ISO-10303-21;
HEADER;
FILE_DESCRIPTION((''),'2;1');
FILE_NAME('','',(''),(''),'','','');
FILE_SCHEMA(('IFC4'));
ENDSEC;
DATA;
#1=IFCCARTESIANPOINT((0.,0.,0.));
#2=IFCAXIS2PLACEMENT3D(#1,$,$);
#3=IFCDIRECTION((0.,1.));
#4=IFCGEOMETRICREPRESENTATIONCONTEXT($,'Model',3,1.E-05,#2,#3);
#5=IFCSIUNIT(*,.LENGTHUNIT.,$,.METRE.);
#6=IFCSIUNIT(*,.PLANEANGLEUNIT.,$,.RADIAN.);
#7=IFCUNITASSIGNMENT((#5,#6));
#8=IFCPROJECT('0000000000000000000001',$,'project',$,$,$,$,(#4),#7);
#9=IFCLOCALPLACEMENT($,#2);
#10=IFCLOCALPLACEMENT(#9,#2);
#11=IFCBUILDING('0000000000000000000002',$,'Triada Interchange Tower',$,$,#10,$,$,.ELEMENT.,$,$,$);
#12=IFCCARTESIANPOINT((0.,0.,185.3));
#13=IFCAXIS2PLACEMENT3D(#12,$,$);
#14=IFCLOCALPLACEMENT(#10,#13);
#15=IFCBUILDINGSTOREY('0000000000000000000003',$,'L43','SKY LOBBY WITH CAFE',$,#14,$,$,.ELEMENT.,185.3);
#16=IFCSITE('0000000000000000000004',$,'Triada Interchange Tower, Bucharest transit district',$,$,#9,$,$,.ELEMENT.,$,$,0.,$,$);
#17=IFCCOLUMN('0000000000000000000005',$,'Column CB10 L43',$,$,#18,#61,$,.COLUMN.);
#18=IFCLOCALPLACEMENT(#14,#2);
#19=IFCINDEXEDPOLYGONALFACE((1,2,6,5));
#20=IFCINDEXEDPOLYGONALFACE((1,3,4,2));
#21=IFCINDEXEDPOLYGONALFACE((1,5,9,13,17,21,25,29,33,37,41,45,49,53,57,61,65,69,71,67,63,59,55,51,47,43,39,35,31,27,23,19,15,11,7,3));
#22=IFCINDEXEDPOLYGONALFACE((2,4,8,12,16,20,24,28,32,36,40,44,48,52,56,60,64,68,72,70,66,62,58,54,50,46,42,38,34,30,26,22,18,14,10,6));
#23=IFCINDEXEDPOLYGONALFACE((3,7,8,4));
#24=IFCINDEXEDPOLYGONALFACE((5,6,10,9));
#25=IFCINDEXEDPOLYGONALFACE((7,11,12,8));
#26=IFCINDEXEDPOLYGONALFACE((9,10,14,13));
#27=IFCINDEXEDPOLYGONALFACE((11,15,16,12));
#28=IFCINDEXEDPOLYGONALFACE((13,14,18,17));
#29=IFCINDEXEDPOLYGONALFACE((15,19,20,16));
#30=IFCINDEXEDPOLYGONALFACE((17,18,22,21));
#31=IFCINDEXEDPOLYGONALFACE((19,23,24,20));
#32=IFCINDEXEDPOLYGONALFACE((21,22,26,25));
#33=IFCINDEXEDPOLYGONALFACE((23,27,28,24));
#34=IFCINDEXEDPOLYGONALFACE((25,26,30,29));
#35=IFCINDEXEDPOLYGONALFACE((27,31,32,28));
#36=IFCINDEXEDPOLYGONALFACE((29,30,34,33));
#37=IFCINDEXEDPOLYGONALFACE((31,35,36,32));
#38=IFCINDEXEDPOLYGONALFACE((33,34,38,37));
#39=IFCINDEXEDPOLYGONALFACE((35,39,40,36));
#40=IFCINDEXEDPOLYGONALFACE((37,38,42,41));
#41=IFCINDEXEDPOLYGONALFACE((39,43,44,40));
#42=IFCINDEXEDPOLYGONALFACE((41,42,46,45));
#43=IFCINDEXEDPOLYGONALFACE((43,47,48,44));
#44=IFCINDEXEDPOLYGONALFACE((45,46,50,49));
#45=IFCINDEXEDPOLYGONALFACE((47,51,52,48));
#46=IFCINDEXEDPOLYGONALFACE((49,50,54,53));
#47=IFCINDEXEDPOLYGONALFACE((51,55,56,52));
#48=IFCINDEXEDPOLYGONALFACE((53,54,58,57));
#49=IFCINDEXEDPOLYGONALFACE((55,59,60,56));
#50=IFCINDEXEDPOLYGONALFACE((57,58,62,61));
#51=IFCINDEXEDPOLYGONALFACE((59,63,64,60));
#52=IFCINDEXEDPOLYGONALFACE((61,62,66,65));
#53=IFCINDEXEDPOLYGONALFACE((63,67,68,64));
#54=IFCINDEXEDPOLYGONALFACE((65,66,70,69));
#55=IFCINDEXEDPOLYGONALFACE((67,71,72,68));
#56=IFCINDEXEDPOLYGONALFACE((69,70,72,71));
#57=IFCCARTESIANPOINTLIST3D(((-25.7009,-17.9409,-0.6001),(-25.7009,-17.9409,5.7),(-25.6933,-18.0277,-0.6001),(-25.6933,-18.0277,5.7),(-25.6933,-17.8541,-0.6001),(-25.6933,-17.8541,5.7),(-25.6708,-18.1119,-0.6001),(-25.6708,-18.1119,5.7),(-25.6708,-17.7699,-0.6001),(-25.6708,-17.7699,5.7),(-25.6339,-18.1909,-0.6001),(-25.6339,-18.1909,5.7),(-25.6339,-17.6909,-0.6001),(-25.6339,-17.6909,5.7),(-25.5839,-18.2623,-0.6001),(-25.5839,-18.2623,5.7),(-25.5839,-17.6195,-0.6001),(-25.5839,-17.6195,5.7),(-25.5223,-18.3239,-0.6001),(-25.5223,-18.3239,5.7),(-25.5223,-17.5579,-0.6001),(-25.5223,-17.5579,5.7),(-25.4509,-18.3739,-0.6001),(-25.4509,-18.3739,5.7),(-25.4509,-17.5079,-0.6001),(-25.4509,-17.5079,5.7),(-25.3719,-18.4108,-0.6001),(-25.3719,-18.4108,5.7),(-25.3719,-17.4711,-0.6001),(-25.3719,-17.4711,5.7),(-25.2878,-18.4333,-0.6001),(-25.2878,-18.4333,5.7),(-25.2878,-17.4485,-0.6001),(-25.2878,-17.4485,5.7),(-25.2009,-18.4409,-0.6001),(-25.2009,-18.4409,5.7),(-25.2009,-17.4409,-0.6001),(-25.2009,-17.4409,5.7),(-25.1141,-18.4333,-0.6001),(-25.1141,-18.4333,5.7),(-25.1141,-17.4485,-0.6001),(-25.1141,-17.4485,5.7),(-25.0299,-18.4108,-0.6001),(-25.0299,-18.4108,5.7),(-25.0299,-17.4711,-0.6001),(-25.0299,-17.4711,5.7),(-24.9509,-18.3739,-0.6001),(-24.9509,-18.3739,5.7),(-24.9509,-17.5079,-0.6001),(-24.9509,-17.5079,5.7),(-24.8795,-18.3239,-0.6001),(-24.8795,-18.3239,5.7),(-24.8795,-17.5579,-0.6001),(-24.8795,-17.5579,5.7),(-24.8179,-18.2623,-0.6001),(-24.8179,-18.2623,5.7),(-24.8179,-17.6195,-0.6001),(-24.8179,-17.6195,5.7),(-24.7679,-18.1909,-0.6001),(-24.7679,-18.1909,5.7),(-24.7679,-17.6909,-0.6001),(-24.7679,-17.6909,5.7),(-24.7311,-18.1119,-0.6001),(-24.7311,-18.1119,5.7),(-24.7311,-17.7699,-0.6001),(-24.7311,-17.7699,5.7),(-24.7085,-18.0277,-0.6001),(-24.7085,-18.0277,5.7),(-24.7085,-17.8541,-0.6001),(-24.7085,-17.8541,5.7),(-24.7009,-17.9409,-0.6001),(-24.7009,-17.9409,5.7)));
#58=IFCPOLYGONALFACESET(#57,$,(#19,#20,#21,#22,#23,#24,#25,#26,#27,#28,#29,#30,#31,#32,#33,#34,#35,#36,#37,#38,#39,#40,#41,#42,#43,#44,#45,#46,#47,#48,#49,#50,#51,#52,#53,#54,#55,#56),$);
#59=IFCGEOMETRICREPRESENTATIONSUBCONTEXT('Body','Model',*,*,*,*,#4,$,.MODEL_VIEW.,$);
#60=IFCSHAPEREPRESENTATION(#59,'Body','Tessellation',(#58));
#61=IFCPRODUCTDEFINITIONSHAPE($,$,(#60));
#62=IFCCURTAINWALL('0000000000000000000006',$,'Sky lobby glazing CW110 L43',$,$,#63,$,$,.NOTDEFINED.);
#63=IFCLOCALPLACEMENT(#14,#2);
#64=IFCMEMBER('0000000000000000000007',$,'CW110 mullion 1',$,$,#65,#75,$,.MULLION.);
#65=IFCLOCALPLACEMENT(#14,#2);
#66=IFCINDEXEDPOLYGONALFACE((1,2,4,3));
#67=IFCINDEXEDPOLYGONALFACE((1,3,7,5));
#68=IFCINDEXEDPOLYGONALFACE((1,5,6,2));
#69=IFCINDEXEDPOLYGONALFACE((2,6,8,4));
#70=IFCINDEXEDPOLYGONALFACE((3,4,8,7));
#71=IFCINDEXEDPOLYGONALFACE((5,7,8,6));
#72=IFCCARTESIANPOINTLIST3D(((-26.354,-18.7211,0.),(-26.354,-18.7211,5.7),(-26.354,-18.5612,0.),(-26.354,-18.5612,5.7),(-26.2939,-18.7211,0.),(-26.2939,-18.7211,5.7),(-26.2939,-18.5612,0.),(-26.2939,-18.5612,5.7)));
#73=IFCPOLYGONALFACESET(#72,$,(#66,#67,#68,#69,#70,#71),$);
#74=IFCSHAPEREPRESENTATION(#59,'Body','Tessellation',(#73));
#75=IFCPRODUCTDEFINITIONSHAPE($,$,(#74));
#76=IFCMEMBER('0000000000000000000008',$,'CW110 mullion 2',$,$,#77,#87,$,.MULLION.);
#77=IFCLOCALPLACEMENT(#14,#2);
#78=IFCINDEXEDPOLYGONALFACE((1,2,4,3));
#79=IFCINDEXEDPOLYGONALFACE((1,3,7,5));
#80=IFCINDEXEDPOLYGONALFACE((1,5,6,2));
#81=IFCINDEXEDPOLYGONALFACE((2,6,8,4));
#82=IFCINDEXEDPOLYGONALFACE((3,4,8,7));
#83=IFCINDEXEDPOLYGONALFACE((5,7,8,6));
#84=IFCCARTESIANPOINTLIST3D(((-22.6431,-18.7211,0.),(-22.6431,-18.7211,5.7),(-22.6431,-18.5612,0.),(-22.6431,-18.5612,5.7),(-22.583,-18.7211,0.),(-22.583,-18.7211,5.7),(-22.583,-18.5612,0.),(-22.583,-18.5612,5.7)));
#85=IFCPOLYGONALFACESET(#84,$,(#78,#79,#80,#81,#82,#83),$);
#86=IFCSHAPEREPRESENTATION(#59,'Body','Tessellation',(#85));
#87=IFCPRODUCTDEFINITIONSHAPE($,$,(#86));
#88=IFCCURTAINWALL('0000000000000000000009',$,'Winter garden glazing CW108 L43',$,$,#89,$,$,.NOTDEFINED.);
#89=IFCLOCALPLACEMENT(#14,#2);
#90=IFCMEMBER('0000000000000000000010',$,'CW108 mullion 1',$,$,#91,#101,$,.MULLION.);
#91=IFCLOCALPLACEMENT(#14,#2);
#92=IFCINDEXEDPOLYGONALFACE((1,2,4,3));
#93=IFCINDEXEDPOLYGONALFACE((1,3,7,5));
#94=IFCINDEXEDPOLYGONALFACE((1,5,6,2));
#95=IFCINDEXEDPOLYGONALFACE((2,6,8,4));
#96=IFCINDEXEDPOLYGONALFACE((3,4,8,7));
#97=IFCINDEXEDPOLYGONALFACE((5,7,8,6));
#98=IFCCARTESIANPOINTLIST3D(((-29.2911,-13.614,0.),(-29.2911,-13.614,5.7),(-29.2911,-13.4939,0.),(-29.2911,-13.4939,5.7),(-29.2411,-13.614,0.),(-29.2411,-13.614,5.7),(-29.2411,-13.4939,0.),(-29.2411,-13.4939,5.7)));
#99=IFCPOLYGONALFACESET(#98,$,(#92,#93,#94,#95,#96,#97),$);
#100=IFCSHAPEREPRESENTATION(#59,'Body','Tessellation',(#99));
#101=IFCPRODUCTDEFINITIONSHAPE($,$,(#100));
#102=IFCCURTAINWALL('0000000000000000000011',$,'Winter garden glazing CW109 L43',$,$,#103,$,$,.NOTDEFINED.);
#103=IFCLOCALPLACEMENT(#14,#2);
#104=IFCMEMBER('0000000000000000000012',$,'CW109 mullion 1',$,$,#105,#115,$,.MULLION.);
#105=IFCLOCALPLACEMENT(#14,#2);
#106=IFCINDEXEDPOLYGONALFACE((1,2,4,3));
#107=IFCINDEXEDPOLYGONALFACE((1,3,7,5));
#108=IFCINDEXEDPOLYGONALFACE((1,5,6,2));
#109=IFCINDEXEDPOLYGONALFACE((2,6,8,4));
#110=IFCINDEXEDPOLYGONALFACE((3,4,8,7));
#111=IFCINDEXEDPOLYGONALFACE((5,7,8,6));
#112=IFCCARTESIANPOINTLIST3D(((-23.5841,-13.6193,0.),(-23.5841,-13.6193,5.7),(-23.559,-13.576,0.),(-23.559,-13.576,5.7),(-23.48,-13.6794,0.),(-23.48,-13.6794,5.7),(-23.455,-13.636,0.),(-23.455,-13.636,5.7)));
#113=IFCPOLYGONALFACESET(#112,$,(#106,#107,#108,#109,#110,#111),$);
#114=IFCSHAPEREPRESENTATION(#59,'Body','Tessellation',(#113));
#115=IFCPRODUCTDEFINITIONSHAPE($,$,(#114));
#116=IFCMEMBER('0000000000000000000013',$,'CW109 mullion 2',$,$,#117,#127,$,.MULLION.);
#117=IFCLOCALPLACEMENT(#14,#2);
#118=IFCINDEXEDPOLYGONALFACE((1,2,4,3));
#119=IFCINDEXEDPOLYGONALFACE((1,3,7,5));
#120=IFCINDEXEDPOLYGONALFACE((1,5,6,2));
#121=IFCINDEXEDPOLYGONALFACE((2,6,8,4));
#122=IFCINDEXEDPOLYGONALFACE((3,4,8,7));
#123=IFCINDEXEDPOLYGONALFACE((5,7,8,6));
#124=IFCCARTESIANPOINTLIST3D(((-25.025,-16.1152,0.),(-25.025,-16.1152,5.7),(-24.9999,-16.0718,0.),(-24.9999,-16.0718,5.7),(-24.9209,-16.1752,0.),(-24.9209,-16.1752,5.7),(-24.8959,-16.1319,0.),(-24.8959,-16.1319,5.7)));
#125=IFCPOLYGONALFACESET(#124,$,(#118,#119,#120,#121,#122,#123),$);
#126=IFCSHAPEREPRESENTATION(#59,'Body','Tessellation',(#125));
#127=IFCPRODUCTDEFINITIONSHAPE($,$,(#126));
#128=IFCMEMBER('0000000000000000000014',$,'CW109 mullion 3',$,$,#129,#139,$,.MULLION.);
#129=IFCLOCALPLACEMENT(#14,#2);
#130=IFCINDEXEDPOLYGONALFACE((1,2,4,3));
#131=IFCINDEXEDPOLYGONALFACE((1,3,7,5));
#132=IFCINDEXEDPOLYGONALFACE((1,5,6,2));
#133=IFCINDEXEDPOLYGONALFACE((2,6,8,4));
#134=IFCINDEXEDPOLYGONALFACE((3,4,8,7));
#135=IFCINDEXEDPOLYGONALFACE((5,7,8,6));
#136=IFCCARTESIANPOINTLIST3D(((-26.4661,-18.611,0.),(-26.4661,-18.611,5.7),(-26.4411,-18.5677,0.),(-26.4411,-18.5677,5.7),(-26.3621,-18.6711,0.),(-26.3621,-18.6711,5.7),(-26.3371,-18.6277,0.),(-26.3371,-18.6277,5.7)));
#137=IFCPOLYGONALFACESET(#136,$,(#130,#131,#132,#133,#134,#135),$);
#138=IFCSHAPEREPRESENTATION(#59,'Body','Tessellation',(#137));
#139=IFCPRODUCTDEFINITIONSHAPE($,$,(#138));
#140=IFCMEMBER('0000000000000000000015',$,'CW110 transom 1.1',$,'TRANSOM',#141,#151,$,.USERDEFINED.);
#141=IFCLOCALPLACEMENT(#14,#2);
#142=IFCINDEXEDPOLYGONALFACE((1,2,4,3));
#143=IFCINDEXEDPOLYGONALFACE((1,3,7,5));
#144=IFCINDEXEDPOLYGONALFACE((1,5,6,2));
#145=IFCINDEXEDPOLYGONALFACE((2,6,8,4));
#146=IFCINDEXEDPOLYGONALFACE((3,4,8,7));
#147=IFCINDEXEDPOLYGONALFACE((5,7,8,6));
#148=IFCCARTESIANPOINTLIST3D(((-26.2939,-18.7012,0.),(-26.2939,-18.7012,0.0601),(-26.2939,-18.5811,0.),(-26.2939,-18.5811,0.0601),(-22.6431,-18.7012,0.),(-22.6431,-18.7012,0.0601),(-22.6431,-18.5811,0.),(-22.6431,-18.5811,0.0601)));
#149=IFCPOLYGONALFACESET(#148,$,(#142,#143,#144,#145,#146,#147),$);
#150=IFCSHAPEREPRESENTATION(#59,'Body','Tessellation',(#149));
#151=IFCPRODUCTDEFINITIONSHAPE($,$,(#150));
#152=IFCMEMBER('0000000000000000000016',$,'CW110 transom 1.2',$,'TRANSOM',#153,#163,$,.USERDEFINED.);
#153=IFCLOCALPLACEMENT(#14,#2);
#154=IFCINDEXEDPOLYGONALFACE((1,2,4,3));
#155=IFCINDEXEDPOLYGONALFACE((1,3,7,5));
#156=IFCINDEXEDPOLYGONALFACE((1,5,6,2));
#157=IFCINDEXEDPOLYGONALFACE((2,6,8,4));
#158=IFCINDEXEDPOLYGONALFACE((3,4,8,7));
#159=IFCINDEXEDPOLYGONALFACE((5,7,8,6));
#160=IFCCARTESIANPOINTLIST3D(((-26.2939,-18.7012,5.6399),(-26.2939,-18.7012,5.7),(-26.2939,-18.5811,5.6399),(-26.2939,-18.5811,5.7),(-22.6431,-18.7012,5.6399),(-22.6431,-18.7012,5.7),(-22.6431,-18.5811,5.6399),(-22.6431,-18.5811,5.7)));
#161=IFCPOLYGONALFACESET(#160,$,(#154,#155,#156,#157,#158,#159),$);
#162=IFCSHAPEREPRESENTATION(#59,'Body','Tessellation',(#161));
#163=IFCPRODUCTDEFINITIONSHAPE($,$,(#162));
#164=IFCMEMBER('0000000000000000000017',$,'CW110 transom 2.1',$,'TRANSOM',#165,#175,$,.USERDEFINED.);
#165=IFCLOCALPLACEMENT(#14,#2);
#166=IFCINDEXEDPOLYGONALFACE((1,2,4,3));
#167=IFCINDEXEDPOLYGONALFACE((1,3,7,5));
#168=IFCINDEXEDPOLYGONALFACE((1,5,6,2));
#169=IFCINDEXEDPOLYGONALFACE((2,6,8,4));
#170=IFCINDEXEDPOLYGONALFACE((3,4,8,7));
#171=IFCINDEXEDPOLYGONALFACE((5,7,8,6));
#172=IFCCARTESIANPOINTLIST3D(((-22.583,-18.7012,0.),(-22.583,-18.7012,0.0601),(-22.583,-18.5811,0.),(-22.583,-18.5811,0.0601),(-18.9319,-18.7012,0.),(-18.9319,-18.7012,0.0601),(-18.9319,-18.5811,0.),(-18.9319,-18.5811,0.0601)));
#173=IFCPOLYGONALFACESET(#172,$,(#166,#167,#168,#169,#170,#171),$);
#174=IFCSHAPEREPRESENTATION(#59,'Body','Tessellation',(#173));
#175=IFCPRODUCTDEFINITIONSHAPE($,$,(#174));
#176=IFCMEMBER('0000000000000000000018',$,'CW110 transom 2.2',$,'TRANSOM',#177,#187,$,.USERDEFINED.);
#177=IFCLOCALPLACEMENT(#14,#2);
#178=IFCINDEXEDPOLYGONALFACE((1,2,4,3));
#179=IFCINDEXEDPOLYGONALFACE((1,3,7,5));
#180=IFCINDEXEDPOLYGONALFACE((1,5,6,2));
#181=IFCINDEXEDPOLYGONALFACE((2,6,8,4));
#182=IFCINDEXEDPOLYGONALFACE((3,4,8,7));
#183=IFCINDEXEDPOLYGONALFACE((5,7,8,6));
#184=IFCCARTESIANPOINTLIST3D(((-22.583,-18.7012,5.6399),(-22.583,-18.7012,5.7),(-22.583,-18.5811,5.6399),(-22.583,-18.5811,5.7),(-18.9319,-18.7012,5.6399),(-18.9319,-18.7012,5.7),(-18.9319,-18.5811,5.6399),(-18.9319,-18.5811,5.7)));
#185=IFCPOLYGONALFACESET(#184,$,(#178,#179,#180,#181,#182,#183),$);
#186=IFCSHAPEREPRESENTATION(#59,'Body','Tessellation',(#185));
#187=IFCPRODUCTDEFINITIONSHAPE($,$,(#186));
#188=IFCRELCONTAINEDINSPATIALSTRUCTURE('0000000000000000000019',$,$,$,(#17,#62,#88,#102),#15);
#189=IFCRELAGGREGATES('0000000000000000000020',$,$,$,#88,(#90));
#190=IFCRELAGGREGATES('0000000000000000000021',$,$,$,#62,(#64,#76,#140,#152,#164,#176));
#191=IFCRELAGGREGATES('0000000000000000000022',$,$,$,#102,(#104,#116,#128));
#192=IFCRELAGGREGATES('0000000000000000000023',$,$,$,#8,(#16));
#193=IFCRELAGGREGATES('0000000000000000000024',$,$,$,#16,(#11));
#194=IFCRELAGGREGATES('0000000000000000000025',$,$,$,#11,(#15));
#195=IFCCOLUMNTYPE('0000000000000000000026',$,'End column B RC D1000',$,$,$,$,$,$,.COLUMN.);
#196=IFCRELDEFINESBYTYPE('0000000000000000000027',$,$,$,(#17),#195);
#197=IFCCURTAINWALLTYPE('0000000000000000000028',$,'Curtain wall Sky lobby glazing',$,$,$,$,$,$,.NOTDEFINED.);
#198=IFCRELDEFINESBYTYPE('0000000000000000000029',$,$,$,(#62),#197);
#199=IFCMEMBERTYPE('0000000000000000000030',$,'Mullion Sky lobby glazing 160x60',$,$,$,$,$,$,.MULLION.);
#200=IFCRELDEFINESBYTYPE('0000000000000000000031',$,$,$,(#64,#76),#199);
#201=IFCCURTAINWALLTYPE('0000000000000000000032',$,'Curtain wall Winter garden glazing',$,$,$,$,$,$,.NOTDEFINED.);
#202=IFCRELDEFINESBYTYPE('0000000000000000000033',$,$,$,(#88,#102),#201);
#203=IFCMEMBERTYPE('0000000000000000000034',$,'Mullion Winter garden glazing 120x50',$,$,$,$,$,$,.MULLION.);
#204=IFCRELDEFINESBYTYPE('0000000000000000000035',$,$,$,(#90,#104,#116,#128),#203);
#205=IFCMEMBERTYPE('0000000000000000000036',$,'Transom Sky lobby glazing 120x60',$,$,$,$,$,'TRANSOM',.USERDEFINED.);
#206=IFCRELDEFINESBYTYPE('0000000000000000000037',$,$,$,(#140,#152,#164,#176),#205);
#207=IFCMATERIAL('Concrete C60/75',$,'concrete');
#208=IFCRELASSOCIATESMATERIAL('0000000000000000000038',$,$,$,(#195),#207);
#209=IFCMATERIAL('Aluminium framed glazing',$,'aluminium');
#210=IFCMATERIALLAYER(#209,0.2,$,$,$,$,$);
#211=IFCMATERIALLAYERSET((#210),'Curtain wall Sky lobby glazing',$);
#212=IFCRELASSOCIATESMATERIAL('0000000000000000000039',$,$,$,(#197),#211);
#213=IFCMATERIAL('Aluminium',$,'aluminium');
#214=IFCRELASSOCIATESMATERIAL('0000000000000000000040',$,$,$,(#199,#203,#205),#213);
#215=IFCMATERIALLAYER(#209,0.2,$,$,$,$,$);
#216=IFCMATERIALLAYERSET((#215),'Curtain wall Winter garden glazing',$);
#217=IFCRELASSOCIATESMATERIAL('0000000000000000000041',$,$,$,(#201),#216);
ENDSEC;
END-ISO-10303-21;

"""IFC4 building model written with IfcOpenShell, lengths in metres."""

from ifc_helpers import new_model, si_unit, direction, frame, origin, origin_2d, place, context, subcontext, project, spatial, rectangle, circle, extrude, material, layer, layer_set, material_profile, profile_set, type_object, element, aggregate, save


model = new_model("IFC4")

# Units and contexts
model_context = context("Model", 3, precision=1e-05, world=origin(), true_north=direction((0.0, 1.0)))
body_context = subcontext(model_context, "Body", "Model", "MODEL_VIEW")
ifc_project = project(units=[si_unit("LENGTHUNIT", "METRE"), si_unit("PLANEANGLEUNIT", "RADIAN")], contexts=[model_context])

# Site, building, storey
site_placement = place(None, origin())
site = spatial("IfcSite", under=ifc_project, at=site_placement, Name="Triada Interchange Tower, Bucharest transit district", CompositionType="ELEMENT", RefElevation=0.0)
building_placement = place(site_placement, origin())
building = spatial("IfcBuilding", under=site, at=building_placement, Name="Triada Interchange Tower", CompositionType="ELEMENT")
storey_placement = place(building_placement, frame((0.0, 0.0, 185.3)))
storey = spatial("IfcBuildingStorey", under=building, at=storey_placement, Name="L43", Description="SKY LOBBY WITH CAFE", CompositionType="ELEMENT", Elevation=185.3)

# Column
ifc_material_1 = material(Name="Concrete C60/75", Category="concrete")
ifc_material_profile_1 = material_profile(ifc_material_1, circle(Radius=0.5, at=origin_2d()), Name="RC D1000")
ifc_profile_set_1 = profile_set([ifc_material_profile_1], Name="Concrete C60/75")
column_type = type_object("IfcColumnType", Name="End column B RC D1000", PredefinedType="COLUMN", material=ifc_profile_set_1)
column_placement = place(storey_placement, frame((-25.2009, -17.9409, -0.6001), z_axis=(0.0, 0.0, 1.0), x_axis=(1.0, 0.0, 0.0)))
element("IfcColumn", 1, at=column_placement, inside=storey, type_object=column_type, Name="Column CB10 L43", PredefinedType="COLUMN", context=body_context, shape_type="SweptSolid", body=[
    extrude(circle(Radius=0.5, at=origin_2d()), origin(), (0.0, 0.0, 1.0), 6.3),
])

# Curtain wall, members
ifc_material_2 = material(Name="Aluminium framed glazing", Category="aluminium")
ifc_layer_1 = layer(ifc_material_2, 0.2)
ifc_layer_set_1 = layer_set([ifc_layer_1], Name="Curtain wall Sky lobby glazing")
curtain_wall_type_1 = type_object("IfcCurtainWallType", Name="Curtain wall Sky lobby glazing", PredefinedType="NOTDEFINED", material=ifc_layer_set_1)
curtain_wall_1_placement = place(storey_placement, origin())
curtain_wall_1 = element("IfcCurtainWall", 2, at=curtain_wall_1_placement, inside=storey, type_object=curtain_wall_type_1, Name="Sky lobby glazing CW110 L43", PredefinedType="NOTDEFINED")
ifc_material_3 = material(Name="Aluminium", Category="aluminium")
ifc_material_profile_2 = material_profile(ifc_material_3, rectangle(XDim=0.1599, YDim=0.0601, at=origin_2d()), Name="Aluminium mullion")
ifc_profile_set_2 = profile_set([ifc_material_profile_2], Name="Aluminium")
member_type_1 = type_object("IfcMemberType", Name="Mullion Sky lobby glazing 160x60", PredefinedType="MULLION", material=ifc_profile_set_2)
member_1_placement = place(storey_placement, frame((-26.324, -18.6411, 0.0), z_axis=(0.0, 0.0, 1.0), x_axis=(0.0, 1.0, 0.0)))
member_1 = element("IfcMember", 3, at=member_1_placement, type_object=member_type_1, Name="CW110 mullion 1", PredefinedType="MULLION", context=body_context, shape_type="SweptSolid", body=[
    extrude(rectangle(XDim=0.1599, YDim=0.0601, at=origin_2d()), origin(), (0.0, 0.0, 1.0), 5.7),
])
member_2_placement = place(storey_placement, frame((-22.613, -18.6411, 0.0), z_axis=(0.0, 0.0, 1.0), x_axis=(0.0, 1.0, 0.0)))
member_2 = element("IfcMember", 4, at=member_2_placement, type_object=member_type_1, Name="CW110 mullion 2", PredefinedType="MULLION", context=body_context, shape_type="SweptSolid", body=[
    extrude(rectangle(XDim=0.1599, YDim=0.0601, at=origin_2d()), origin(), (0.0, 0.0, 1.0), 5.7),
])

# Curtain wall, member
ifc_layer_2 = layer(ifc_material_2, 0.2)
ifc_layer_set_2 = layer_set([ifc_layer_2], Name="Curtain wall Winter garden glazing")
curtain_wall_type_2 = type_object("IfcCurtainWallType", Name="Curtain wall Winter garden glazing", PredefinedType="NOTDEFINED", material=ifc_layer_set_2)
curtain_wall_2_placement = place(storey_placement, origin())
curtain_wall_2 = element("IfcCurtainWall", 5, at=curtain_wall_2_placement, inside=storey, type_object=curtain_wall_type_2, Name="Winter garden glazing CW108 L43", PredefinedType="NOTDEFINED")
ifc_material_profile_3 = material_profile(ifc_material_3, rectangle(XDim=0.1201, YDim=0.05, at=origin_2d()), Name="Aluminium mullion")
ifc_profile_set_3 = profile_set([ifc_material_profile_3], Name="Aluminium")
member_type_2 = type_object("IfcMemberType", Name="Mullion Winter garden glazing 120x50", PredefinedType="MULLION", material=ifc_profile_set_3)
member_3_placement = place(storey_placement, frame((-29.2661, -13.554, 0.0), z_axis=(0.0, 0.0, 1.0), x_axis=(0.0, 1.0, 0.0)))
member_3 = element("IfcMember", 6, at=member_3_placement, type_object=member_type_2, Name="CW108 mullion 1", PredefinedType="MULLION", context=body_context, shape_type="SweptSolid", body=[
    extrude(rectangle(XDim=0.1201, YDim=0.05, at=origin_2d()), origin(), (0.0, 0.0, 1.0), 5.7),
])

# Curtain wall, members
curtain_wall_3_placement = place(storey_placement, origin())
curtain_wall_3 = element("IfcCurtainWall", 7, at=curtain_wall_3_placement, inside=storey, type_object=curtain_wall_type_2, Name="Winter garden glazing CW109 L43", PredefinedType="NOTDEFINED")
member_4_placement = place(storey_placement, frame((-23.5195, -13.6277, 0.0), z_axis=(0.0, 0.0, 1.0), x_axis=(0.866022, -0.500005, 0.0)))
member_4 = element("IfcMember", 8, at=member_4_placement, type_object=member_type_2, Name="CW109 mullion 1", PredefinedType="MULLION", context=body_context, shape_type="SweptSolid", body=[
    extrude(rectangle(XDim=0.1201, YDim=0.05, at=origin_2d()), origin(), (0.0, 0.0, 1.0), 5.7),
])
member_5_placement = place(storey_placement, frame((-24.9604, -16.1235, 0.0), z_axis=(0.0, 0.0, 1.0), x_axis=(0.866022, -0.500005, 0.0)))
member_5 = element("IfcMember", 9, at=member_5_placement, type_object=member_type_2, Name="CW109 mullion 2", PredefinedType="MULLION", context=body_context, shape_type="SweptSolid", body=[
    extrude(rectangle(XDim=0.1201, YDim=0.05, at=origin_2d()), origin(), (0.0, 0.0, 1.0), 5.7),
])
member_6_placement = place(storey_placement, frame((-26.4016, -18.6194, 0.0), z_axis=(0.0, 0.0, 1.0), x_axis=(0.866022, -0.500005, 0.0)))
member_6 = element("IfcMember", 10, at=member_6_placement, type_object=member_type_2, Name="CW109 mullion 3", PredefinedType="MULLION", context=body_context, shape_type="SweptSolid", body=[
    extrude(rectangle(XDim=0.1201, YDim=0.05, at=origin_2d()), origin(), (0.0, 0.0, 1.0), 5.7),
])

# Members
ifc_material_profile_4 = material_profile(ifc_material_3, rectangle(XDim=0.1201, YDim=0.0601, at=origin_2d()), Name="Aluminium transom")
ifc_profile_set_4 = profile_set([ifc_material_profile_4], Name="Aluminium")
member_type_3 = type_object("IfcMemberType", Name="Transom Sky lobby glazing 120x60", ElementType="TRANSOM", PredefinedType="USERDEFINED", material=ifc_profile_set_4)
member_7_placement = place(storey_placement, frame((-26.2939, -18.6411, 0.03), z_axis=(1.0, 0.0, 0.0), x_axis=(0.0, 1.0, 0.0)))
member_7 = element("IfcMember", 11, at=member_7_placement, type_object=member_type_3, Name="CW110 transom 1.1", ObjectType="TRANSOM", PredefinedType="USERDEFINED", context=body_context, shape_type="SweptSolid", body=[
    extrude(rectangle(XDim=0.1201, YDim=0.0601, at=origin_2d()), origin(), (0.0, 0.0, 1.0), 3.6509),
])
member_8_placement = place(storey_placement, frame((-26.2939, -18.6411, 5.6699), z_axis=(1.0, 0.0, 0.0), x_axis=(0.0, 1.0, 0.0)))
member_8 = element("IfcMember", 12, at=member_8_placement, type_object=member_type_3, Name="CW110 transom 1.2", ObjectType="TRANSOM", PredefinedType="USERDEFINED", context=body_context, shape_type="SweptSolid", body=[
    extrude(rectangle(XDim=0.1201, YDim=0.0601, at=origin_2d()), origin(), (0.0, 0.0, 1.0), 3.6509),
])
member_9_placement = place(storey_placement, frame((-22.583, -18.6411, 0.03), z_axis=(1.0, 0.0, 0.0), x_axis=(0.0, 1.0, 0.0)))
member_9 = element("IfcMember", 13, at=member_9_placement, type_object=member_type_3, Name="CW110 transom 2.1", ObjectType="TRANSOM", PredefinedType="USERDEFINED", context=body_context, shape_type="SweptSolid", body=[
    extrude(rectangle(XDim=0.1201, YDim=0.0601, at=origin_2d()), origin(), (0.0, 0.0, 1.0), 3.6511),
])
member_10_placement = place(storey_placement, frame((-22.583, -18.6411, 5.6699), z_axis=(1.0, 0.0, 0.0), x_axis=(0.0, 1.0, 0.0)))
member_10 = element("IfcMember", 14, at=member_10_placement, type_object=member_type_3, Name="CW110 transom 2.2", ObjectType="TRANSOM", PredefinedType="USERDEFINED", context=body_context, shape_type="SweptSolid", body=[
    extrude(rectangle(XDim=0.1201, YDim=0.0601, at=origin_2d()), origin(), (0.0, 0.0, 1.0), 3.6511),
])
aggregate(curtain_wall_2, [member_3])

aggregate(curtain_wall_1, [member_1, member_2, member_7, member_8, member_9, member_10])
aggregate(curtain_wall_3, [member_4, member_5, member_6])

save(model, "model.ifc")
